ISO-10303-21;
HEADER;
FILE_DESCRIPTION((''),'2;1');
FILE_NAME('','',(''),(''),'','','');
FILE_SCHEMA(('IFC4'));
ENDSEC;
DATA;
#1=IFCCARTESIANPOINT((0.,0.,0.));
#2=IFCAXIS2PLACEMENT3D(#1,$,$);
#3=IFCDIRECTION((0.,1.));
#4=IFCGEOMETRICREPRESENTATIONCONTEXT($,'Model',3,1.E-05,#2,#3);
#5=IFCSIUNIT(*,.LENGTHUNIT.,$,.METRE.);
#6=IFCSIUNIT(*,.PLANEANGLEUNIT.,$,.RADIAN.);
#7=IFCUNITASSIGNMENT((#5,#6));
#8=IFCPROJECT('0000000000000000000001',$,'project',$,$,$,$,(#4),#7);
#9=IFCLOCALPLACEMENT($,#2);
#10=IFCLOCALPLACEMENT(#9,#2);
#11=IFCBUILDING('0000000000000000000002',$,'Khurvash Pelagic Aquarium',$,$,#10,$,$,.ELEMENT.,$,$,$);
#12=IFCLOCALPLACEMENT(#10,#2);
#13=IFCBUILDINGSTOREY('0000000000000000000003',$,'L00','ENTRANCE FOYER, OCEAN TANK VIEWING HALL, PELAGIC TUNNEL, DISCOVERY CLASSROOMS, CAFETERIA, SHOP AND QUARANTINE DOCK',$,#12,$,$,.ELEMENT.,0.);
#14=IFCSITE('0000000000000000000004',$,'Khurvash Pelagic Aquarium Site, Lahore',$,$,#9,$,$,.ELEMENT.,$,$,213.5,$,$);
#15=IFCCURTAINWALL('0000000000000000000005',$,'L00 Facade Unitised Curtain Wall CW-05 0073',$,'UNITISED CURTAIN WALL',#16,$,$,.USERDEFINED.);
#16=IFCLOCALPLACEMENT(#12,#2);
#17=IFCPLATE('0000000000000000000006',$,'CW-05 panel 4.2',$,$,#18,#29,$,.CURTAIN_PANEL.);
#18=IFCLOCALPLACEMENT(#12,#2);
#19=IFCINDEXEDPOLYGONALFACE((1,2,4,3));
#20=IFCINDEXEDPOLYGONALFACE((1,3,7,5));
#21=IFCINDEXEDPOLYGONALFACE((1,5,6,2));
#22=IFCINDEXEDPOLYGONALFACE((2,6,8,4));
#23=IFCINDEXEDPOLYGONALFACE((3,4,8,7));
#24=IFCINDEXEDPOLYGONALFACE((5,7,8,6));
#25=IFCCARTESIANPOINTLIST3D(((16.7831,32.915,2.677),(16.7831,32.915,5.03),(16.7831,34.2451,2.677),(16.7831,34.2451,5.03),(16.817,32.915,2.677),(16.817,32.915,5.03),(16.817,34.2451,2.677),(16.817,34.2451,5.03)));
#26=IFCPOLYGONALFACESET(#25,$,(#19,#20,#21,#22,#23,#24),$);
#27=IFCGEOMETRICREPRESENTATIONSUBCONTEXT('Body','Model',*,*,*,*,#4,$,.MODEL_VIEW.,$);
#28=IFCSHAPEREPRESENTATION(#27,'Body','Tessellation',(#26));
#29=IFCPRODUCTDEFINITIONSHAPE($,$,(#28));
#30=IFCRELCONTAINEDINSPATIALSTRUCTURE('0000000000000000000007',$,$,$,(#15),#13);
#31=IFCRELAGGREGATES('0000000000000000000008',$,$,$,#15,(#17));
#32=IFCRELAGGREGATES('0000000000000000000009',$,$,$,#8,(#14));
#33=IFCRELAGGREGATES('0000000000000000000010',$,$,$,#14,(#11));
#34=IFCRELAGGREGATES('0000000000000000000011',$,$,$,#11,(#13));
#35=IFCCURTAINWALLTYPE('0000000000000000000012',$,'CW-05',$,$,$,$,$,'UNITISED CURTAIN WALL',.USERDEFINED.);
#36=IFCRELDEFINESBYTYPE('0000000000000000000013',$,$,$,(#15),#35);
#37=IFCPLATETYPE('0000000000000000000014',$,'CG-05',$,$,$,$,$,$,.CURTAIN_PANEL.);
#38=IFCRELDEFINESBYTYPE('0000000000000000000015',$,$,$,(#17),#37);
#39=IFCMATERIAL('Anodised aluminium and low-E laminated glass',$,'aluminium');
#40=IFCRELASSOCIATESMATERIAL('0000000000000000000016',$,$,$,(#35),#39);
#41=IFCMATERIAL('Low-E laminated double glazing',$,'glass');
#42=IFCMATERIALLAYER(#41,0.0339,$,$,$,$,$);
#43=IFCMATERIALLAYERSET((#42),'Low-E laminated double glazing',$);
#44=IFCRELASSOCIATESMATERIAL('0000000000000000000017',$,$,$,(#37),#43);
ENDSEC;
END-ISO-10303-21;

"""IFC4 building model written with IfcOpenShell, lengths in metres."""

from ifc_helpers import new_model, si_unit, direction, frame, origin, origin_2d, place, context, subcontext, project, spatial, rectangle, extrude, material, layer, layer_set, type_object, element, aggregate, save


model = new_model("IFC4")

# Units and contexts
model_context = context("Model", 3, precision=1e-05, world=origin(), true_north=direction((0.0, 1.0)))
body_context = subcontext(model_context, "Body", "Model", "MODEL_VIEW")
ifc_project = project(units=[si_unit("LENGTHUNIT", "METRE"), si_unit("PLANEANGLEUNIT", "RADIAN")], contexts=[model_context])

# Site, building, storey
site_placement = place(None, origin())
site = spatial("IfcSite", under=ifc_project, at=site_placement, Name="Khurvash Pelagic Aquarium Site, Lahore", CompositionType="ELEMENT", RefElevation=213.5)
building_placement = place(site_placement, origin())
building = spatial("IfcBuilding", under=site, at=building_placement, Name="Khurvash Pelagic Aquarium", CompositionType="ELEMENT")
storey_placement = place(building_placement, origin())
storey = spatial("IfcBuildingStorey", under=building, at=storey_placement, Name="L00", Description="ENTRANCE FOYER, OCEAN TANK VIEWING HALL, PELAGIC TUNNEL, DISCOVERY CLASSROOMS, CAFETERIA, SHOP AND QUARANTINE DOCK", CompositionType="ELEMENT", Elevation=0.0)

# Curtain wall
ifc_material_1 = material(Name="Anodised aluminium and low-E laminated glass", Category="aluminium")
curtain_wall_type = type_object("IfcCurtainWallType", Name="CW-05", ElementType="UNITISED CURTAIN WALL", PredefinedType="USERDEFINED", material=ifc_material_1)
curtain_wall_1_placement = place(storey_placement, origin())
curtain_wall_1 = element("IfcCurtainWall", 1, at=curtain_wall_1_placement, inside=storey, type_object=curtain_wall_type, Name="L00 Facade Unitised Curtain Wall CW-05 0073", ObjectType="UNITISED CURTAIN WALL", PredefinedType="USERDEFINED")

# Plate
ifc_material_2 = material(Name="Low-E laminated double glazing", Category="glass")
ifc_layer = layer(ifc_material_2, 0.0339)
ifc_layer_set = layer_set([ifc_layer], Name="Low-E laminated double glazing")
plate_type = type_object("IfcPlateType", Name="CG-05", PredefinedType="CURTAIN_PANEL", material=ifc_layer_set)
plate_1_placement = place(storey_placement, frame((16.8, 33.5801, 2.677), z_axis=(0.0, 0.0, 1.0), x_axis=(0.0, -1.0, 0.0)))
plate_1 = element("IfcPlate", 2, at=plate_1_placement, type_object=plate_type, Name="CW-05 panel 4.2", PredefinedType="CURTAIN_PANEL", context=body_context, shape_type="SweptSolid", body=[
    extrude(rectangle(XDim=1.3301, YDim=0.0339, at=origin_2d()), origin(), (0.0, 0.0, 1.0), 2.353),
])
aggregate(curtain_wall_1, [plate_1])

save(model, "model.ifc")
